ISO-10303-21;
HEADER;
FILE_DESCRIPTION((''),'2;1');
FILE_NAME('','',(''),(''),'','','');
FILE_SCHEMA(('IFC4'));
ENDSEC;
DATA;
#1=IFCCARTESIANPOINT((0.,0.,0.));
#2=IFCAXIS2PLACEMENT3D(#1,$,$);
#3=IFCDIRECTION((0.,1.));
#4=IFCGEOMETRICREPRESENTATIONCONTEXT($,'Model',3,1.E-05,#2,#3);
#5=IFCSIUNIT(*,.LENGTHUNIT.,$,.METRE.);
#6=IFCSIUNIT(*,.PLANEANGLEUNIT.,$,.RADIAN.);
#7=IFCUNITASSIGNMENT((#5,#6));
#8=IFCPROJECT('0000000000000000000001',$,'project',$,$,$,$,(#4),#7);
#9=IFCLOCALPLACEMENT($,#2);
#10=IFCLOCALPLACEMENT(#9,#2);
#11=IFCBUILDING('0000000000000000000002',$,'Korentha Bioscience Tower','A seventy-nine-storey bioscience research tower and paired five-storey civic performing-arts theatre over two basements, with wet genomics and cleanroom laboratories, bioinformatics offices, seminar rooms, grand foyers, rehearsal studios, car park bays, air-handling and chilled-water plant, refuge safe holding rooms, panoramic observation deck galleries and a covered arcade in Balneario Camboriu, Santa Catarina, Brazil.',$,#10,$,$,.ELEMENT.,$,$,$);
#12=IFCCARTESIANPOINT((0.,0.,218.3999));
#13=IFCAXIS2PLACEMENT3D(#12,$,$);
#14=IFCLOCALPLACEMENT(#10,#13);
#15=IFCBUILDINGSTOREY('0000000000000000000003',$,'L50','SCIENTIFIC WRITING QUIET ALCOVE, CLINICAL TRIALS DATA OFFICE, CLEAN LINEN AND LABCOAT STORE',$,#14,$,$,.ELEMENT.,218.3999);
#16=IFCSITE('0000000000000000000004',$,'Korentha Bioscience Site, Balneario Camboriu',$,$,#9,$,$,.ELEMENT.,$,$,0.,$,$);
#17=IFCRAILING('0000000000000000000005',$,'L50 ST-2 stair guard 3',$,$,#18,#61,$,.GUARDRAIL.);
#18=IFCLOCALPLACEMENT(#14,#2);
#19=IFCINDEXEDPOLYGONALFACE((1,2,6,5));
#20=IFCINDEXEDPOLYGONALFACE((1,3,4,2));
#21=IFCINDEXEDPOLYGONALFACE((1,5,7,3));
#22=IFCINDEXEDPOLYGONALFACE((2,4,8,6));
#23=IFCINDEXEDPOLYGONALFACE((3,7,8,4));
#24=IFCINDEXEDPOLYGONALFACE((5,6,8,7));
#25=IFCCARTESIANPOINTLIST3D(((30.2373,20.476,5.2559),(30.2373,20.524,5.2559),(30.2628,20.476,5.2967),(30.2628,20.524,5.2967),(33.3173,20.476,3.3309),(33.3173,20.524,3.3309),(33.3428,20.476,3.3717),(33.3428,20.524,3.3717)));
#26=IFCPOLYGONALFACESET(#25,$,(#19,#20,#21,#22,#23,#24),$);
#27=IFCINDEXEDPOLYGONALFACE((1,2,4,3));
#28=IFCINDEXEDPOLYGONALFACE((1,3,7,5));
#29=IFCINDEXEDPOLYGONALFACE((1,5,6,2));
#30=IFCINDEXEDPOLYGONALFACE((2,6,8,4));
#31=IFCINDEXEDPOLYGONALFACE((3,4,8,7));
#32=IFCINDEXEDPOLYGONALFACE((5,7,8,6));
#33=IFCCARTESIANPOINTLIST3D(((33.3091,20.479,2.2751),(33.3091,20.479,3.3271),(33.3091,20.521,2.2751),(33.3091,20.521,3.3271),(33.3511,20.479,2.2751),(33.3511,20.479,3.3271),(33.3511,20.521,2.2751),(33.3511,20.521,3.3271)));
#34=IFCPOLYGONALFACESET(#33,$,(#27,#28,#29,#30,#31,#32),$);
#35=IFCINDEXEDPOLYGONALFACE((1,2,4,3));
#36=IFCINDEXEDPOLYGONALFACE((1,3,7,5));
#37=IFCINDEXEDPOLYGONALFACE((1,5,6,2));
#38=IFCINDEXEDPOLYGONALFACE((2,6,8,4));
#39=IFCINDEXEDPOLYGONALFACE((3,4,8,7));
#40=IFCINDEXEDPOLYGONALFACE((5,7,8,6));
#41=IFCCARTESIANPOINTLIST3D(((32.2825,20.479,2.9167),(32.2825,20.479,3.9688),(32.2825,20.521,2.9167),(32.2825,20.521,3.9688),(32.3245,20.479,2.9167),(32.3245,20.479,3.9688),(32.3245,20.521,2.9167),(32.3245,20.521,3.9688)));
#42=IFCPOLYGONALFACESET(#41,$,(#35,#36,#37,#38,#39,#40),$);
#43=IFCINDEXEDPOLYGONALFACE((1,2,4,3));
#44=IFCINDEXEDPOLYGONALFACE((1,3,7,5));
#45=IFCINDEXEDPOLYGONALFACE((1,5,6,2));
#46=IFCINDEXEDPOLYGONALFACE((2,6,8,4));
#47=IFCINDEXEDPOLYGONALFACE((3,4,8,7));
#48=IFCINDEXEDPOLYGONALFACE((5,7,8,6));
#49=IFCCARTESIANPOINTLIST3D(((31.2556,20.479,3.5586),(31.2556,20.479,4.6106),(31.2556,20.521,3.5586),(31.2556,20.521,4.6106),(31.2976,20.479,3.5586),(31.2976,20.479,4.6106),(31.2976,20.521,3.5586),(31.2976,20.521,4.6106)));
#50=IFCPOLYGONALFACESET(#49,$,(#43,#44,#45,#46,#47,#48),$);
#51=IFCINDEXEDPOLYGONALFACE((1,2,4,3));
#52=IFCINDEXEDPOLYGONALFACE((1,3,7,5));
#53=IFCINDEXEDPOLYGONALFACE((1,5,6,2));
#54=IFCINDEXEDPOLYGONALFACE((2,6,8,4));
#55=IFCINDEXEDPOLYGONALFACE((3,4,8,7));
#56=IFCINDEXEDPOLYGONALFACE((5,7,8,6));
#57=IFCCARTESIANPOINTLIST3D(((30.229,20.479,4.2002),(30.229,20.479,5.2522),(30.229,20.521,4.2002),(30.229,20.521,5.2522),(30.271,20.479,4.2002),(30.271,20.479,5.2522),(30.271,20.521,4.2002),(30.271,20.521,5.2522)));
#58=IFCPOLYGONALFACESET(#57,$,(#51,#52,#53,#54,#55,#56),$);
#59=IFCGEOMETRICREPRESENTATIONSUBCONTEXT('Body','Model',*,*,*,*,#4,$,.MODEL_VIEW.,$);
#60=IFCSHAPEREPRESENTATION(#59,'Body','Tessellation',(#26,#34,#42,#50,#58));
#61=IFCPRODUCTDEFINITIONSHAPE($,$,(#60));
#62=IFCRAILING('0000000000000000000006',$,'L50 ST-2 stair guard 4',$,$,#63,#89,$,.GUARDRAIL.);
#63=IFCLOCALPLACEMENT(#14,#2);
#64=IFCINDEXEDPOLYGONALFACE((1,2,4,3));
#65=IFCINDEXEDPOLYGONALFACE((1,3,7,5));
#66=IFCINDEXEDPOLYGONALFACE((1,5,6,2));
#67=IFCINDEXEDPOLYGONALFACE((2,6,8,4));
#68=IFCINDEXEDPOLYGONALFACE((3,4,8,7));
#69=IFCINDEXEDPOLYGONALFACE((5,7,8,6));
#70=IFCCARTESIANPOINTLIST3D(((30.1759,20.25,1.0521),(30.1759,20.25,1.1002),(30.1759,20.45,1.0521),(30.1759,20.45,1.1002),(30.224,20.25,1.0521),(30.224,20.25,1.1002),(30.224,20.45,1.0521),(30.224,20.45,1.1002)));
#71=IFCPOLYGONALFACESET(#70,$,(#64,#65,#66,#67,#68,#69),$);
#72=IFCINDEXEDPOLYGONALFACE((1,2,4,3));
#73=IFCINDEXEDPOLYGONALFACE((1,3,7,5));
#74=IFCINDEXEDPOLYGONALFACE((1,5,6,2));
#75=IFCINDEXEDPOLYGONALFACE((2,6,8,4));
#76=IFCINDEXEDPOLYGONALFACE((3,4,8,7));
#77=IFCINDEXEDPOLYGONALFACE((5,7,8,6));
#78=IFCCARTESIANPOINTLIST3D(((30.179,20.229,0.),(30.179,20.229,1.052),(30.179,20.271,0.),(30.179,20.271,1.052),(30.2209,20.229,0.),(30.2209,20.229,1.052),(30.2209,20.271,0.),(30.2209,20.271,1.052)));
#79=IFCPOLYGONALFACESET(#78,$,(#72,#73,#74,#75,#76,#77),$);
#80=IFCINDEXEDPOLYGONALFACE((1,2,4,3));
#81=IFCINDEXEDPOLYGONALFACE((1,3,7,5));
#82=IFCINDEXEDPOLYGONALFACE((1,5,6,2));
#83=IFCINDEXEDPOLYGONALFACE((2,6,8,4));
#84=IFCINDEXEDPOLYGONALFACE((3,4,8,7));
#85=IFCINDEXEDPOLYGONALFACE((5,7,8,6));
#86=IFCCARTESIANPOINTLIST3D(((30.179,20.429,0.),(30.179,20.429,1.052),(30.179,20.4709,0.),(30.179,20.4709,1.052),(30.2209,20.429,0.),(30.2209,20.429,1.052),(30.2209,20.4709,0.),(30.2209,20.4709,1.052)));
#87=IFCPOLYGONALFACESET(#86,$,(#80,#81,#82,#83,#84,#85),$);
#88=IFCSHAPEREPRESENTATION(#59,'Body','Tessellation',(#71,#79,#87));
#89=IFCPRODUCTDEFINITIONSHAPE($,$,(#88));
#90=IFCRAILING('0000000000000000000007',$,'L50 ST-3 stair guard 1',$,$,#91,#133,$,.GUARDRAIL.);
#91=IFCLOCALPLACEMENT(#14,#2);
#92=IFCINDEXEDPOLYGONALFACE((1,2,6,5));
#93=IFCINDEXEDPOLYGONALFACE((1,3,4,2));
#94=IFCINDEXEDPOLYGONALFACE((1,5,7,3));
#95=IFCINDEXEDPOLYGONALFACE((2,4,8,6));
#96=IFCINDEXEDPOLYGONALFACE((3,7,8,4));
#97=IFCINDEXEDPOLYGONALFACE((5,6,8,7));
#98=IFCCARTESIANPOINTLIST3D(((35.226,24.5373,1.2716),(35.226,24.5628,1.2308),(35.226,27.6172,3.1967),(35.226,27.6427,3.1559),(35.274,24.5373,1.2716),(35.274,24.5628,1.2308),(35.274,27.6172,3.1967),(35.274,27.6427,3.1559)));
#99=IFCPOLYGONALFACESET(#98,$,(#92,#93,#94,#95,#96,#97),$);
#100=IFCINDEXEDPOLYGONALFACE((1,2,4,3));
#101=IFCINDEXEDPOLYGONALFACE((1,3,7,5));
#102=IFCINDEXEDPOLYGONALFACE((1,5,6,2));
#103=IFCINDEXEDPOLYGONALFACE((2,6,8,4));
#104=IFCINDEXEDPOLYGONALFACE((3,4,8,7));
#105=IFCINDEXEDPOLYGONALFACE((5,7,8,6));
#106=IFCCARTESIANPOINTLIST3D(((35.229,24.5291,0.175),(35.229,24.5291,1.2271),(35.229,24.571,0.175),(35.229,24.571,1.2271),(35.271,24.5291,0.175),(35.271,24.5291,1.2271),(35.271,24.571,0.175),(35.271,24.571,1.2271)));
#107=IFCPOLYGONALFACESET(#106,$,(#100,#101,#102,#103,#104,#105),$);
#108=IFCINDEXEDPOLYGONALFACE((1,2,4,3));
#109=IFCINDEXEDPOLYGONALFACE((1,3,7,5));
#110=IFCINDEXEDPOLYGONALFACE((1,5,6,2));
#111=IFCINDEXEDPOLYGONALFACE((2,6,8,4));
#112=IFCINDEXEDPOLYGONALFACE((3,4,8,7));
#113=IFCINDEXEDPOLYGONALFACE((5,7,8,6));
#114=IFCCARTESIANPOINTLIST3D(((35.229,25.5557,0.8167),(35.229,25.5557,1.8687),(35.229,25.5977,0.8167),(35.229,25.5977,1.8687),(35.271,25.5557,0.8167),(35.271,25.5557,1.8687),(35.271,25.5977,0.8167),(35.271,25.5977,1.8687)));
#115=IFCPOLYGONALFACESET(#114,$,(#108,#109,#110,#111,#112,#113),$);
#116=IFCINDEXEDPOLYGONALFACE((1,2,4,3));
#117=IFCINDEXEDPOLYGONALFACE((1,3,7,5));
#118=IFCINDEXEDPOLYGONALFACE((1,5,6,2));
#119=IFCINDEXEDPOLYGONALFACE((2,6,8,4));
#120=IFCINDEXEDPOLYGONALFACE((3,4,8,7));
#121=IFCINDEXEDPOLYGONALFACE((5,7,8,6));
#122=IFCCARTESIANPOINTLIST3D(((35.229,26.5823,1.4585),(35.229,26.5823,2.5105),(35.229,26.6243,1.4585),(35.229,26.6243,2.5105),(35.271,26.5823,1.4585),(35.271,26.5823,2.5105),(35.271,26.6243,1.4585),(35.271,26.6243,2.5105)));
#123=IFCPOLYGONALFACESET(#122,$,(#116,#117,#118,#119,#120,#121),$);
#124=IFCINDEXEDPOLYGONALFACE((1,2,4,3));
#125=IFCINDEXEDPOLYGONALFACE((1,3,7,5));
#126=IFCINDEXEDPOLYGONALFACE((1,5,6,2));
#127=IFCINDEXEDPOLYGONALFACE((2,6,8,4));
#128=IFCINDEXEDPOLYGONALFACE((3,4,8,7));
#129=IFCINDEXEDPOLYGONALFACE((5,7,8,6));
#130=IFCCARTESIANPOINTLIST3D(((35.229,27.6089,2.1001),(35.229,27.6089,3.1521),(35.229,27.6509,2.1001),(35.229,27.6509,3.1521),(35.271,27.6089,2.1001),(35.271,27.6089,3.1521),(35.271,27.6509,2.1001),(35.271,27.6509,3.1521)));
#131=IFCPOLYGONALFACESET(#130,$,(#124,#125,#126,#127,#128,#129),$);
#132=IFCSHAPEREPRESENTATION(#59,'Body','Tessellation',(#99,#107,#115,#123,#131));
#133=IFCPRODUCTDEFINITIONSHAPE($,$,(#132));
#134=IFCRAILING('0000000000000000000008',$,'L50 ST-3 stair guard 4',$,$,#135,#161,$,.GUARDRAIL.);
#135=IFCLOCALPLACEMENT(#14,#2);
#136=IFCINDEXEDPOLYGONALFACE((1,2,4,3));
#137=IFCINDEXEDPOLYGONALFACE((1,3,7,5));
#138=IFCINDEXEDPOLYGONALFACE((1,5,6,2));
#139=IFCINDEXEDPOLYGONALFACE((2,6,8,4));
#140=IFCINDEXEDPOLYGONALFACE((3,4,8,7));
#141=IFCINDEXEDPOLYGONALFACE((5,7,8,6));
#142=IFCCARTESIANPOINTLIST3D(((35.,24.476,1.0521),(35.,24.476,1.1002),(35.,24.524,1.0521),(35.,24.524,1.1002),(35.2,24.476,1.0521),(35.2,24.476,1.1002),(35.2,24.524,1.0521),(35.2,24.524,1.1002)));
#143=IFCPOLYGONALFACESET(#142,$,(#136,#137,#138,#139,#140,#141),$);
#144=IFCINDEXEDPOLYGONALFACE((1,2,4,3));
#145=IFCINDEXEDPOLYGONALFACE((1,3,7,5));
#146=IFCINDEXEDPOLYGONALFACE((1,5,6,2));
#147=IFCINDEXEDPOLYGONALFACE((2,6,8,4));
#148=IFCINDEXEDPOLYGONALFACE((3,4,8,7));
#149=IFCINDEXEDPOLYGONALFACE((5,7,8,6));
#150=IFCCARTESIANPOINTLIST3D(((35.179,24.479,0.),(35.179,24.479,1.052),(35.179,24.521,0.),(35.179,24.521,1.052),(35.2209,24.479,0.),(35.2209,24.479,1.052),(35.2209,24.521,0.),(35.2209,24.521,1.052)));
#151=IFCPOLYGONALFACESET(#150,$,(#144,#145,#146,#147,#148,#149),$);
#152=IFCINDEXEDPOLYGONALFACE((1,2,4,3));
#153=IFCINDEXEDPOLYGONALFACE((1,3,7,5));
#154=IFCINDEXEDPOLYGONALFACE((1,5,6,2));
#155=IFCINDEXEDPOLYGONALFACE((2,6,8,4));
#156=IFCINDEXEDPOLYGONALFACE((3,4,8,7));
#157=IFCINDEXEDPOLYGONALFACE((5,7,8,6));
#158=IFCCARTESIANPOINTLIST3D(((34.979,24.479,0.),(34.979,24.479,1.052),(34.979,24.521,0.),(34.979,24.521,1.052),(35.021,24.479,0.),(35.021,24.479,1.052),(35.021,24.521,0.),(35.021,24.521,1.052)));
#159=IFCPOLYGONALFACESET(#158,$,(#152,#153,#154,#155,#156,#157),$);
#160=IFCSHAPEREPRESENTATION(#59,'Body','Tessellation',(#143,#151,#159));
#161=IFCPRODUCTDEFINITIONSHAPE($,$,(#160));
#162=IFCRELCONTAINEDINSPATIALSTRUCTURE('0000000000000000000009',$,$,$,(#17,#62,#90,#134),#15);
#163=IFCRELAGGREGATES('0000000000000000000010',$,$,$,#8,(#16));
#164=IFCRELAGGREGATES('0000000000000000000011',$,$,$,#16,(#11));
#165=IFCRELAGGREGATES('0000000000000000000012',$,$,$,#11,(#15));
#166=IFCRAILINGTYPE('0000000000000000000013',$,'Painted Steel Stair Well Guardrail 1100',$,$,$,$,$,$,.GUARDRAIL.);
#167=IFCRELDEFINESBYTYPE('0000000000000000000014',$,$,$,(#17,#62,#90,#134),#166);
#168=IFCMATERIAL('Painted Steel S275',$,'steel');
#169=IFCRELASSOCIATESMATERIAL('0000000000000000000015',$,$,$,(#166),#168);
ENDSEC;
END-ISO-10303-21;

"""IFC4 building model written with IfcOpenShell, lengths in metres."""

from ifc_helpers import new_model, si_unit, direction, frame, origin, origin_2d, place, context, subcontext, project, spatial, rectangle, extrude, material, type_object, element, save


model = new_model("IFC4")

# Units and contexts
model_context = context("Model", 3, precision=1e-05, world=origin(), true_north=direction((0.0, 1.0)))
body_context = subcontext(model_context, "Body", "Model", "MODEL_VIEW")
ifc_project = project(units=[si_unit("LENGTHUNIT", "METRE"), si_unit("PLANEANGLEUNIT", "RADIAN")], contexts=[model_context])

# Site, building, storey
site_placement = place(None, origin())
site = spatial("IfcSite", under=ifc_project, at=site_placement, Name="Korentha Bioscience Site, Balneario Camboriu", CompositionType="ELEMENT", RefElevation=0.0)
building_placement = place(site_placement, origin())
building = spatial("IfcBuilding", under=site, at=building_placement, Name="Korentha Bioscience Tower", Description="A seventy-nine-storey bioscience research tower and paired five-storey civic performing-arts theatre over two basements, with wet genomics and cleanroom laboratories, bioinformatics offices, seminar rooms, grand foyers, rehearsal studios, car park bays, air-handling and chilled-water plant, refuge safe holding rooms, panoramic observation deck galleries and a covered arcade in Balneario Camboriu, Santa Catarina, Brazil.", CompositionType="ELEMENT")
storey_placement = place(building_placement, frame((0.0, 0.0, 218.3999)))
storey = spatial("IfcBuildingStorey", under=building, at=storey_placement, Name="L50", Description="SCIENTIFIC WRITING QUIET ALCOVE, CLINICAL TRIALS DATA OFFICE, CLEAN LINEN AND LABCOAT STORE", CompositionType="ELEMENT", Elevation=218.3999)

# Railings
ifc_material_1 = material(Name="Painted Steel S275", Category="steel")
railing_type_1 = type_object("IfcRailingType", Name="Painted Steel Stair Well Guardrail 1100", PredefinedType="GUARDRAIL", material=ifc_material_1)
railing_1_placement = place(storey_placement, frame((33.3301, 20.5, 2.2751)))
element("IfcRailing", 1, at=railing_1_placement, inside=storey, type_object=railing_type_1, Name="L50 ST-2 stair guard 3", PredefinedType="GUARDRAIL", context=body_context, shape_type="SweptSolid", body=[
    extrude(rectangle(XDim=0.0481, YDim=0.0481, at=origin_2d()), frame((0.0, 0.0, 1.0762), z_axis=(-0.847998, 0.0, 0.529999), x_axis=(0.0, -1.0, 0.0)), (0.0, 0.0, 1.0), 3.6321),
    extrude(rectangle(XDim=0.042, YDim=0.042, at=origin_2d()), origin(), (0.0, 0.0, 1.0), 1.052),
    extrude(rectangle(XDim=0.042, YDim=0.042, at=origin_2d()), frame((-1.0266, 0.0, 0.6416)), (0.0, 0.0, 1.0), 1.052),
    extrude(rectangle(XDim=0.042, YDim=0.042, at=origin_2d()), frame((-2.0535, 0.0, 1.2834)), (0.0, 0.0, 1.0), 1.052),
    extrude(rectangle(XDim=0.042, YDim=0.042, at=origin_2d()), frame((-3.0801, 0.0, 1.925)), (0.0, 0.0, 1.0), 1.052),
])
railing_2_placement = place(storey_placement, frame((30.2, 20.25, 0.0)))
element("IfcRailing", 2, at=railing_2_placement, inside=storey, type_object=railing_type_1, Name="L50 ST-2 stair guard 4", PredefinedType="GUARDRAIL", context=body_context, shape_type="SweptSolid", body=[
    extrude(rectangle(XDim=0.0481, YDim=0.0481, at=origin_2d()), frame((0.0, 0.0, 1.0762), z_axis=(0.0, 1.0, 0.0), x_axis=(-1.0, 0.0, 0.0)), (0.0, 0.0, 1.0), 0.2),
    extrude(rectangle(XDim=0.042, YDim=0.042, at=origin_2d()), origin(), (0.0, 0.0, 1.0), 1.052),
    extrude(rectangle(XDim=0.042, YDim=0.042, at=origin_2d()), frame((0.0, 0.2, 0.0)), (0.0, 0.0, 1.0), 1.052),
])
railing_3_placement = place(storey_placement, frame((35.25, 24.55, 0.175)))
element("IfcRailing", 3, at=railing_3_placement, inside=storey, type_object=railing_type_1, Name="L50 ST-3 stair guard 1", PredefinedType="GUARDRAIL", context=body_context, shape_type="SweptSolid", body=[
    extrude(rectangle(XDim=0.0481, YDim=0.0481, at=origin_2d()), frame((0.0, 0.0, 1.0762), z_axis=(0.0, 0.847979, 0.530029), x_axis=(-1.0, 0.0, 0.0)), (0.0, 0.0, 1.0), 3.6321),
    extrude(rectangle(XDim=0.042, YDim=0.042, at=origin_2d()), origin(), (0.0, 0.0, 1.0), 1.052),
    extrude(rectangle(XDim=0.042, YDim=0.042, at=origin_2d()), frame((0.0, 1.0266, 0.6416)), (0.0, 0.0, 1.0), 1.052),
    extrude(rectangle(XDim=0.042, YDim=0.042, at=origin_2d()), frame((0.0, 2.0532, 1.2834)), (0.0, 0.0, 1.0), 1.052),
    extrude(rectangle(XDim=0.042, YDim=0.042, at=origin_2d()), frame((0.0, 3.0798, 1.925)), (0.0, 0.0, 1.0), 1.052),
])
railing_4_placement = place(storey_placement, frame((35.2, 24.5, 0.0)))
element("IfcRailing", 4, at=railing_4_placement, inside=storey, type_object=railing_type_1, Name="L50 ST-3 stair guard 4", PredefinedType="GUARDRAIL", context=body_context, shape_type="SweptSolid", body=[
    extrude(rectangle(XDim=0.0481, YDim=0.0481, at=origin_2d()), frame((0.0, 0.0, 1.0762), z_axis=(-1.0, 0.0, 0.0), x_axis=(0.0, -1.0, 0.0)), (0.0, 0.0, 1.0), 0.2),
    extrude(rectangle(XDim=0.042, YDim=0.042, at=origin_2d()), origin(), (0.0, 0.0, 1.0), 1.052),
    extrude(rectangle(XDim=0.042, YDim=0.042, at=origin_2d()), frame((-0.2, 0.0, 0.0)), (0.0, 0.0, 1.0), 1.052),
])

save(model, "model.ifc")
